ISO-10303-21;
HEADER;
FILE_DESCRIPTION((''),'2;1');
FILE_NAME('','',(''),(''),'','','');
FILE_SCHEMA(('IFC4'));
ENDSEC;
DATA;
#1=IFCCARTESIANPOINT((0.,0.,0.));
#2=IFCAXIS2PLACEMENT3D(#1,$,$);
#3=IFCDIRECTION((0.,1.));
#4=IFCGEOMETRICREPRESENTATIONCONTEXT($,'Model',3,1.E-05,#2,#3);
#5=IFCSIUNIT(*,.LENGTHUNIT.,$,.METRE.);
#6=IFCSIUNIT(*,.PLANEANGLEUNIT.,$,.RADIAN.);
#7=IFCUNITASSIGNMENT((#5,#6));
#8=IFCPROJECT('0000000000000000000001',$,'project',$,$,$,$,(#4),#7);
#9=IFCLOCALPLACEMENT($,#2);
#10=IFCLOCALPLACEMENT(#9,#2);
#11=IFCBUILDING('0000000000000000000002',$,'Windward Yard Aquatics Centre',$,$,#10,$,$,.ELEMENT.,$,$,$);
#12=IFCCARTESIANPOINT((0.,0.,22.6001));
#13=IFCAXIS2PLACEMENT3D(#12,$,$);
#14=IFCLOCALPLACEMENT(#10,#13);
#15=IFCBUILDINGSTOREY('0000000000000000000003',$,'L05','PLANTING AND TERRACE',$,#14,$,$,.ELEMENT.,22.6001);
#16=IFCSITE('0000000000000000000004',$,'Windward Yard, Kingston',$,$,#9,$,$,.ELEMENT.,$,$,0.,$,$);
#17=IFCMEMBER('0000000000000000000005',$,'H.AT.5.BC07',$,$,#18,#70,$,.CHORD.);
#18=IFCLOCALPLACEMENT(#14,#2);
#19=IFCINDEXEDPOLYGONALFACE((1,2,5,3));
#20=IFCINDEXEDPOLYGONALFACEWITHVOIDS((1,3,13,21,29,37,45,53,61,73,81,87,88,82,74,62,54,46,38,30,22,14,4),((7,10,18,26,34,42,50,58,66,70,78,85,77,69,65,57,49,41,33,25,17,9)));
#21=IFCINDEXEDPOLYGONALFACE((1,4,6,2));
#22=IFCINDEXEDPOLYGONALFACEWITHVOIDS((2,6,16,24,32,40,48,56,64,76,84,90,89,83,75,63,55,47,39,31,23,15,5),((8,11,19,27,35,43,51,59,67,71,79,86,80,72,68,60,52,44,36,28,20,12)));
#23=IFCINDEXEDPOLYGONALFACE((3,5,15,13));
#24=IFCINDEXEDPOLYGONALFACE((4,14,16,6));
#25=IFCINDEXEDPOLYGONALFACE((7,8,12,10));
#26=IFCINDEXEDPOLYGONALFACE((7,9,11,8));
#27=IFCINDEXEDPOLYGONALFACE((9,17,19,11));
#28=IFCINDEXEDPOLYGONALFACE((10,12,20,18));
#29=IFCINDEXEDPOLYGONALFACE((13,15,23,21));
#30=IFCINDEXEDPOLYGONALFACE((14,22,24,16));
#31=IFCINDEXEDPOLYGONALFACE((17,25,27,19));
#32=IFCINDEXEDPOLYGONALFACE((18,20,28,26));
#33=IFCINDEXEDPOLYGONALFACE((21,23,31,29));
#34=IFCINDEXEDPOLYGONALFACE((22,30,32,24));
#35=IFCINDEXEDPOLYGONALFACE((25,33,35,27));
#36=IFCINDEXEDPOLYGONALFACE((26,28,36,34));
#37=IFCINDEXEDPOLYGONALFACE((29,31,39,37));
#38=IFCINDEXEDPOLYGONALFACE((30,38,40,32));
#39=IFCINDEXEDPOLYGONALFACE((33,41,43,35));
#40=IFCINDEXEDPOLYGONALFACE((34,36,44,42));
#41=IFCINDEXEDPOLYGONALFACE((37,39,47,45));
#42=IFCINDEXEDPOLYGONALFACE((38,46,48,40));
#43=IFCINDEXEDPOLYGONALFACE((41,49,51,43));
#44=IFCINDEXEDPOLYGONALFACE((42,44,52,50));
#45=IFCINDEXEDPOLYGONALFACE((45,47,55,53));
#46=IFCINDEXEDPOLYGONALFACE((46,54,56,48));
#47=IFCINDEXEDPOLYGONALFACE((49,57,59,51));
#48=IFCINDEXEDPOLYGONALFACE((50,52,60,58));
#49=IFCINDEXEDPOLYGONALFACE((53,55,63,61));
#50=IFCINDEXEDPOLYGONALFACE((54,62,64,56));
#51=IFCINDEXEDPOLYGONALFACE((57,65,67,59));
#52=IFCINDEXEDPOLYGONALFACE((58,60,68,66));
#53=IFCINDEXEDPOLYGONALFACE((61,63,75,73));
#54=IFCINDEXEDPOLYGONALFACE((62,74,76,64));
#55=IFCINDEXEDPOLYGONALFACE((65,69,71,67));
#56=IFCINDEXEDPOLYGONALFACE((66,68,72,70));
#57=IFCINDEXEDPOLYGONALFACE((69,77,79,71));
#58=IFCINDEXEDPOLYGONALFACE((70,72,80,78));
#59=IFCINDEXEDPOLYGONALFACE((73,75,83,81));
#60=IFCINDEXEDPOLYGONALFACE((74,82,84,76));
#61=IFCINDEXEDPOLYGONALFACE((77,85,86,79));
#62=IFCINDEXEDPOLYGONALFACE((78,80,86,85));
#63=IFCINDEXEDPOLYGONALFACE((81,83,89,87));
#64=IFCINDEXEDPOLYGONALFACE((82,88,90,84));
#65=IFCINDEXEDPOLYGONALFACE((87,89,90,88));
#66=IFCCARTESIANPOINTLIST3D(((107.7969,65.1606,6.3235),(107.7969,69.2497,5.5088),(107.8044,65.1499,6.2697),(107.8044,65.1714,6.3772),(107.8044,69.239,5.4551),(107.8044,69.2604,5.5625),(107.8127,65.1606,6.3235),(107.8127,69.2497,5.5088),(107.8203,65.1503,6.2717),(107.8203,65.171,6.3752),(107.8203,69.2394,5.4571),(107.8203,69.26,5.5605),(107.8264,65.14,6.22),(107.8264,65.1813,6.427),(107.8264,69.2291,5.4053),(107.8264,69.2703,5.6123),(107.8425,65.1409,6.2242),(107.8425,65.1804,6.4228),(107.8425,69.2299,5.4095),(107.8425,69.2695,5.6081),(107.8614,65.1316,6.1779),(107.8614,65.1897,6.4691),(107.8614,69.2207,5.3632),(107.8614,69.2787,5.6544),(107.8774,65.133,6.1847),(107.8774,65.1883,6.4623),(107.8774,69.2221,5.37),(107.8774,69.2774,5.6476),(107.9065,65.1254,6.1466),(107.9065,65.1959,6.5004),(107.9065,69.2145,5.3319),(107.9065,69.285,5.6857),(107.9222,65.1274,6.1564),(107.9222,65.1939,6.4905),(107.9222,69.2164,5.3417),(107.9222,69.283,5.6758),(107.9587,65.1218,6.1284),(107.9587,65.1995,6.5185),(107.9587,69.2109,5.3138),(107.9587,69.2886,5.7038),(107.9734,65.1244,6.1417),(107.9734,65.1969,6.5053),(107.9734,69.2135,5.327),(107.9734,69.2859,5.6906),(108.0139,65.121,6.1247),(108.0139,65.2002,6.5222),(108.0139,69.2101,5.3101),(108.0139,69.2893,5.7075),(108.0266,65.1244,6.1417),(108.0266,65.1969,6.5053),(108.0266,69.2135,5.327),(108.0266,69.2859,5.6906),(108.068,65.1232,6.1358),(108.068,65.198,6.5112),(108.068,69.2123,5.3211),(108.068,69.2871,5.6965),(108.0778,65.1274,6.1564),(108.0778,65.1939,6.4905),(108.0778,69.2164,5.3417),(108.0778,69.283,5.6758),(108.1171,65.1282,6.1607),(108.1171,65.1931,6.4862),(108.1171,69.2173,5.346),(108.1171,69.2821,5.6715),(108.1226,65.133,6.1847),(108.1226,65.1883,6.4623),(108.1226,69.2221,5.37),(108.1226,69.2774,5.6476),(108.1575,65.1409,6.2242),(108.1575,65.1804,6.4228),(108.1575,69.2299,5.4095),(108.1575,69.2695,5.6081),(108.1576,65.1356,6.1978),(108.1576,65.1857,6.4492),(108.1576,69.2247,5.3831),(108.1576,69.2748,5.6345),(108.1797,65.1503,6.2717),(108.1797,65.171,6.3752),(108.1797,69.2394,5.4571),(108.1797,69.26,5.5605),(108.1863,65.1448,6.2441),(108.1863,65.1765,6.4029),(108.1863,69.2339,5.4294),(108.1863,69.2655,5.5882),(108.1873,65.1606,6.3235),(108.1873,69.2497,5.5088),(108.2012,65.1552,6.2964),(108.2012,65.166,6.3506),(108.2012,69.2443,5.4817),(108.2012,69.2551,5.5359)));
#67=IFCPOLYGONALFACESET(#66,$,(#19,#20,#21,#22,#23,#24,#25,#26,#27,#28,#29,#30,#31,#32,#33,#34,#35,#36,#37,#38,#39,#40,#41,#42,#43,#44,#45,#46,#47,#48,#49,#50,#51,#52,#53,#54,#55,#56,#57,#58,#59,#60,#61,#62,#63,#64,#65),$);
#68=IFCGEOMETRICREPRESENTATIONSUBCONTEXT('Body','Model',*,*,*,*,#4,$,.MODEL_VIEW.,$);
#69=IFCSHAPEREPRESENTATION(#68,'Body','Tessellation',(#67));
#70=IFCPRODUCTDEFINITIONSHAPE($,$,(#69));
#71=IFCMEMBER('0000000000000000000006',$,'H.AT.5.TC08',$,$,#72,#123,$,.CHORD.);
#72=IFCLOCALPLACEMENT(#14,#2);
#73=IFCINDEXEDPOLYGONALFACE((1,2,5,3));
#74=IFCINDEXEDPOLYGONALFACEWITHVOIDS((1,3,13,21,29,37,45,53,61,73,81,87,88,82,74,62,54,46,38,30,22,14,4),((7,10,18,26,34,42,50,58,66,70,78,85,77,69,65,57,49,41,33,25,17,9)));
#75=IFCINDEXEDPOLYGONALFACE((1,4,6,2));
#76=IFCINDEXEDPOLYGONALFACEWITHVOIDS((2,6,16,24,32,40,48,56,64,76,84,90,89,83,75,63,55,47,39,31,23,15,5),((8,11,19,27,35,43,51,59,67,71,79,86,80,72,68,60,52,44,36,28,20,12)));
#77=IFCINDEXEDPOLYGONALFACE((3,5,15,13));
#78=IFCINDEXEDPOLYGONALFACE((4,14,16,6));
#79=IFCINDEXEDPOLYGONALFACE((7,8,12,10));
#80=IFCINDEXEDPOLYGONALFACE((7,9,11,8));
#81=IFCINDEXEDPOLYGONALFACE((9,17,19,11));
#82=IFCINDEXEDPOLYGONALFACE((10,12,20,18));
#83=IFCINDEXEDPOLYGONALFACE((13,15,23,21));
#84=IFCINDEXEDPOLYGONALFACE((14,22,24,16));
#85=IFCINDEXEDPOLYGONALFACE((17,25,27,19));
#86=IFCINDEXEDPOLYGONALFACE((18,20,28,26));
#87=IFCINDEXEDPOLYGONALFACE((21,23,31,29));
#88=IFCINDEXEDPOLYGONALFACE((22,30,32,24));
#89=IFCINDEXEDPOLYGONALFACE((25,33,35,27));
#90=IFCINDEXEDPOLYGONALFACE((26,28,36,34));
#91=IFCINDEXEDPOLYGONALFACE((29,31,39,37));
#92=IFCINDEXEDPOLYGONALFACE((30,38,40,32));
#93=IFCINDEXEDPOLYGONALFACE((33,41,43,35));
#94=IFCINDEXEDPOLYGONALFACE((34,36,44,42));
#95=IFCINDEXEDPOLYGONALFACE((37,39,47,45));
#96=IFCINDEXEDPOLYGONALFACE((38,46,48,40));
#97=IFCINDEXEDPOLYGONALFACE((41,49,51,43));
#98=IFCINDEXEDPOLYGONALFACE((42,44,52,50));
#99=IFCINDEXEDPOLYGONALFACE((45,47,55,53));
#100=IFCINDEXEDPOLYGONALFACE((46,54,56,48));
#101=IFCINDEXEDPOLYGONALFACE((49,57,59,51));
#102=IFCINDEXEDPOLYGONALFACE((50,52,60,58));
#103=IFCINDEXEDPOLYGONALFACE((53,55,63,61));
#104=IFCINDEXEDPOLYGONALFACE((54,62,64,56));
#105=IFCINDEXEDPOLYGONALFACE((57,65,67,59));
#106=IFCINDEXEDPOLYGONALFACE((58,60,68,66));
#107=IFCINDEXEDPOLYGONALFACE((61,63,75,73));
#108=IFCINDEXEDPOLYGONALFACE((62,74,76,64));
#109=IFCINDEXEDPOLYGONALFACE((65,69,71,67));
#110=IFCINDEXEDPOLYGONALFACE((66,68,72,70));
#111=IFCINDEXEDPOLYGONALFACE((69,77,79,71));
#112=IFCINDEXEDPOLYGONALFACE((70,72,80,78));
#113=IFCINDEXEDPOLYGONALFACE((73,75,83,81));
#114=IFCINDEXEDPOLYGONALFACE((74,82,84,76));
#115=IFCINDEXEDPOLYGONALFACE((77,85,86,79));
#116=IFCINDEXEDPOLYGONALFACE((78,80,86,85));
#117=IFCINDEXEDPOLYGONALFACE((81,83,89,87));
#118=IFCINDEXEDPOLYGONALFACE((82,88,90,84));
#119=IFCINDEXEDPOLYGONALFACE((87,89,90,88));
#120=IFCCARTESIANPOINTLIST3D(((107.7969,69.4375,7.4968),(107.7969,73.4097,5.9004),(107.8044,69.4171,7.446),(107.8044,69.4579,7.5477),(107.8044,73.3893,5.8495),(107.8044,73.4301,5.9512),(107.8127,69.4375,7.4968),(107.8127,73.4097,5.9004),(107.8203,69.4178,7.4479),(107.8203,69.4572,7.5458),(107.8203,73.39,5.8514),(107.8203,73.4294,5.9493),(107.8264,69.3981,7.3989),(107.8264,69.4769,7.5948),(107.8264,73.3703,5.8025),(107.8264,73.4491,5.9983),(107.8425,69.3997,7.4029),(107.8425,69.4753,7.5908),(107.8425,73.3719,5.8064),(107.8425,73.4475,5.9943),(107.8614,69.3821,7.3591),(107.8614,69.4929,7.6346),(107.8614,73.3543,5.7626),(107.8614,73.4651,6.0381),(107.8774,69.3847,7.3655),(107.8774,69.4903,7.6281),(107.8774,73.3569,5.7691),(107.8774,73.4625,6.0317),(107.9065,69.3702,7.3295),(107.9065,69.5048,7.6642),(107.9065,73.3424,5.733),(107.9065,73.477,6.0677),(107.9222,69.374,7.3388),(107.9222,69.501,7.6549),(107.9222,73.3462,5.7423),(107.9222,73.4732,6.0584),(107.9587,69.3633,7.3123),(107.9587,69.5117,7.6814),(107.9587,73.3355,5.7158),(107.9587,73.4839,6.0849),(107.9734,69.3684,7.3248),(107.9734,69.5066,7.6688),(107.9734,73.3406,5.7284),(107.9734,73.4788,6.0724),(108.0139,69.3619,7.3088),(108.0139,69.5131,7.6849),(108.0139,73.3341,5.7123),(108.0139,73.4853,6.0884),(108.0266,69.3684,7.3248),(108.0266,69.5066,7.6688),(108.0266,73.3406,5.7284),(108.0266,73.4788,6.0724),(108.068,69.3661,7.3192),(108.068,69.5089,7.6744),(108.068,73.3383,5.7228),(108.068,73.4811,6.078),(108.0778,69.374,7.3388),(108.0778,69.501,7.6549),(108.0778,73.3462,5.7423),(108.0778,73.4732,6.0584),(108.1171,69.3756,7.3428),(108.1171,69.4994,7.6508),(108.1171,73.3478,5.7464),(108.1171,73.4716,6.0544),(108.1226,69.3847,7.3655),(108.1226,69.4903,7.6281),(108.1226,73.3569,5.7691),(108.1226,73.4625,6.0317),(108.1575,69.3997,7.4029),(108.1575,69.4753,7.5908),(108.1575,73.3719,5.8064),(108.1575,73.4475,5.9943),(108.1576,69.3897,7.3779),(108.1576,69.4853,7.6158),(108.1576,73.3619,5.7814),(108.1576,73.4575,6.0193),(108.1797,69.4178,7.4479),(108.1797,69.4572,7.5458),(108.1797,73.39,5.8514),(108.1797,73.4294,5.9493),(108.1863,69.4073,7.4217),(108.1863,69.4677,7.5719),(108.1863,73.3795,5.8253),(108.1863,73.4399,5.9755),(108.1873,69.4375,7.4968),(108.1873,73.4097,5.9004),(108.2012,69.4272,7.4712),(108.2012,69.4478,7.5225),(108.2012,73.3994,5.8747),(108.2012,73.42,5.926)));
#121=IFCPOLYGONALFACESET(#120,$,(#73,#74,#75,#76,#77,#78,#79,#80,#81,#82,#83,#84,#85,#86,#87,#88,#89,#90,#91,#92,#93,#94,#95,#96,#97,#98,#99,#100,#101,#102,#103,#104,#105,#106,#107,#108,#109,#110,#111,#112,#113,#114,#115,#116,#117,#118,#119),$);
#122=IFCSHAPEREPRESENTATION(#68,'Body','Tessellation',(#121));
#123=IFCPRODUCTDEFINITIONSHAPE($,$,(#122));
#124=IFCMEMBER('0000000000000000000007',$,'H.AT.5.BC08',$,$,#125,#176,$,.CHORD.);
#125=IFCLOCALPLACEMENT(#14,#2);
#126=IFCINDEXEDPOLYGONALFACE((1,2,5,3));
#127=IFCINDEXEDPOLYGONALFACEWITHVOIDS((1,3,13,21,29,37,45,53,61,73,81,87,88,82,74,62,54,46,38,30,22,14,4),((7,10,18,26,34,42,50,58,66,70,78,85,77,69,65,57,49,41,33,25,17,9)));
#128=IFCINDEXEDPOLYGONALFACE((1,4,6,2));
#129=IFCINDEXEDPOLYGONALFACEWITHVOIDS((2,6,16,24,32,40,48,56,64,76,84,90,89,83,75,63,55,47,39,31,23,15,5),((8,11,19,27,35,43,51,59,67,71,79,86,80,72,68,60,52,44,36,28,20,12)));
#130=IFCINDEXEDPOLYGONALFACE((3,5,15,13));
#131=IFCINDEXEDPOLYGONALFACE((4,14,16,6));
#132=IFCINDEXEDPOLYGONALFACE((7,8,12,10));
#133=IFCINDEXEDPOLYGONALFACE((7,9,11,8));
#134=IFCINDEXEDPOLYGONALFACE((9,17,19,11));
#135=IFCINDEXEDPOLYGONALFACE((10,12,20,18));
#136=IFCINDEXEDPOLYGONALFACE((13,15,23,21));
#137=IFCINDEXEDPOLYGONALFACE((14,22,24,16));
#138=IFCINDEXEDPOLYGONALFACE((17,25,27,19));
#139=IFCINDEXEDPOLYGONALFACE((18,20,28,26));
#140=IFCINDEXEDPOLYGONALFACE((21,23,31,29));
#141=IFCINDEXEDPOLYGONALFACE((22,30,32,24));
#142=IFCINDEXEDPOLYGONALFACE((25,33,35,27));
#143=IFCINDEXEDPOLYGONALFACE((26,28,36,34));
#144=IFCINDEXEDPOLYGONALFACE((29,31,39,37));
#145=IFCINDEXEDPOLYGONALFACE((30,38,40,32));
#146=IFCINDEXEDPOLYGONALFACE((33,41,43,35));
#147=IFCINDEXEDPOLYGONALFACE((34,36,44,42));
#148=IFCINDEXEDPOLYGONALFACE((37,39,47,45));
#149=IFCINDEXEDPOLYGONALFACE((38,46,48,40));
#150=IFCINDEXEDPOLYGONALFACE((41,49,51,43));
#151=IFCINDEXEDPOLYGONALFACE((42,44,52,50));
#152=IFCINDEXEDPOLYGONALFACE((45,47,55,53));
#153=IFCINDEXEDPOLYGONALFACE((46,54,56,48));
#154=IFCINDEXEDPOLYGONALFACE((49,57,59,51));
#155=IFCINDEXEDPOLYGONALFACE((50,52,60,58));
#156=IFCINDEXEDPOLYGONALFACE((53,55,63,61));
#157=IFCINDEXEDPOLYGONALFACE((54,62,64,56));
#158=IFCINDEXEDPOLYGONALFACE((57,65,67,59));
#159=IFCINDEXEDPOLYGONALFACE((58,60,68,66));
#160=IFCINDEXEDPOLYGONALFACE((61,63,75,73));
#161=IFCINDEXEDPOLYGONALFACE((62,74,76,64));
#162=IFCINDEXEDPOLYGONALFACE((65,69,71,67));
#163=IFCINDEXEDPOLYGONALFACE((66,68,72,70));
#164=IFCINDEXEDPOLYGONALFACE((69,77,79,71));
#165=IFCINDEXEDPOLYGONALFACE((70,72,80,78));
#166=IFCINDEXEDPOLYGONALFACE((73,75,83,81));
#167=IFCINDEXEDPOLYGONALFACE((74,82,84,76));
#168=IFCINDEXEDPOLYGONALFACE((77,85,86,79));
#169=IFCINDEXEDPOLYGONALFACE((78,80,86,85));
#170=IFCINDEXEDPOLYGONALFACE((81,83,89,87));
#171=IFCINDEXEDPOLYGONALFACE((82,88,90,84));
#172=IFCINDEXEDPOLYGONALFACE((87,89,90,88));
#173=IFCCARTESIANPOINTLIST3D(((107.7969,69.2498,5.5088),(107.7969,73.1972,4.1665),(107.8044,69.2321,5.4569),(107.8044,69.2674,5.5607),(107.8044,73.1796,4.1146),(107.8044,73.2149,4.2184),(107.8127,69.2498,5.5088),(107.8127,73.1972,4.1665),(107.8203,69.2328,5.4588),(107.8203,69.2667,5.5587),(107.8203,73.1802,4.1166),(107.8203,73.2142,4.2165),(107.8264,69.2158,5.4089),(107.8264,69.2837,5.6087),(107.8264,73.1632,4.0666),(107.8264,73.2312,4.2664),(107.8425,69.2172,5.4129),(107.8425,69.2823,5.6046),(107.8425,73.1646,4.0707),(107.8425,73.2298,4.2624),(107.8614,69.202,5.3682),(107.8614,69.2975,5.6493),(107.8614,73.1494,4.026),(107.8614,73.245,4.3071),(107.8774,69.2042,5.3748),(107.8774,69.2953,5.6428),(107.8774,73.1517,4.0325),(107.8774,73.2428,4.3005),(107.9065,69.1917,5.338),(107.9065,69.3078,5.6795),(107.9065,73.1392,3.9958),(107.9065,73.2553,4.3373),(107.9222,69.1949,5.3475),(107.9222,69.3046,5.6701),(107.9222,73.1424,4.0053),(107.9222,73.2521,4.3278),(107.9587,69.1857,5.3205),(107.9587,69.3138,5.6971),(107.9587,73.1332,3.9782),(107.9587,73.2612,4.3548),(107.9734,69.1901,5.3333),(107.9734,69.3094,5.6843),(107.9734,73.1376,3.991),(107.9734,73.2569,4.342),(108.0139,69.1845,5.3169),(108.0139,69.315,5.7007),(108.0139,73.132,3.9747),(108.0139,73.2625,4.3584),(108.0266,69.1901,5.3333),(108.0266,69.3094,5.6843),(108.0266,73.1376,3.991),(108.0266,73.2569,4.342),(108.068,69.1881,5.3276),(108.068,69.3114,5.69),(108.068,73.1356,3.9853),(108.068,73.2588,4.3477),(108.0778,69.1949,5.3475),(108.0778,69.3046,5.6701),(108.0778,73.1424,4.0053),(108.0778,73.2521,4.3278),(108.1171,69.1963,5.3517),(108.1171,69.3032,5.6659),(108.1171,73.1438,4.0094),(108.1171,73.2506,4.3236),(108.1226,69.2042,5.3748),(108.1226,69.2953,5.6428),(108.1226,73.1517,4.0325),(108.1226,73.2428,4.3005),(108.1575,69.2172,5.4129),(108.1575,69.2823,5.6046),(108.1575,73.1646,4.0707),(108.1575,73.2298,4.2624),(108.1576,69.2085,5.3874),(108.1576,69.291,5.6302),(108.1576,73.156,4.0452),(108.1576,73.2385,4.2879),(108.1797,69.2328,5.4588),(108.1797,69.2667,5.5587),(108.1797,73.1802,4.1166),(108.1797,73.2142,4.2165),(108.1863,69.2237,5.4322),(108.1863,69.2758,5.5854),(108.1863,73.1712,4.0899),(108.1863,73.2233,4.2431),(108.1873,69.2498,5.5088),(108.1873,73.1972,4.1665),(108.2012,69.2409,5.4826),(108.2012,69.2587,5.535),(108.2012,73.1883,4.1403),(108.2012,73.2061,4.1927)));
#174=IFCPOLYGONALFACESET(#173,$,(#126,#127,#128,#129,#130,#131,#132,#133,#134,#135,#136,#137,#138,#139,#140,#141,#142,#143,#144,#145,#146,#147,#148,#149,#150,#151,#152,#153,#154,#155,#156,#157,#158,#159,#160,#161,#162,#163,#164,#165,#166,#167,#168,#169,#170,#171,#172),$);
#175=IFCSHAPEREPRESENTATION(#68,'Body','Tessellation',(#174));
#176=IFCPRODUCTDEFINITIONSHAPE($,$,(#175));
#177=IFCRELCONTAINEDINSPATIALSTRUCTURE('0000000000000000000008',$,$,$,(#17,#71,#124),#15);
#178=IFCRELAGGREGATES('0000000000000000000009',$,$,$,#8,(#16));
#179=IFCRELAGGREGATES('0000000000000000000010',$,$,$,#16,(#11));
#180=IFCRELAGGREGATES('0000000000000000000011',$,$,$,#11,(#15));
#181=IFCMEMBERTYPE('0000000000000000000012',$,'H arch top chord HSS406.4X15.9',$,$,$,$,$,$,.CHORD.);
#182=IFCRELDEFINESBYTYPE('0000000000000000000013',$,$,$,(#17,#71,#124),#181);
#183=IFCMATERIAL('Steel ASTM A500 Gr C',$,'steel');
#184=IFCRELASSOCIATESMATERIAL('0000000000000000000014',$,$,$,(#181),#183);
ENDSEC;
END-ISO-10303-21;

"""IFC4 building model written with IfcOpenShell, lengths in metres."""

from ifc_helpers import new_model, si_unit, direction, frame, origin, origin_2d, place, context, subcontext, project, spatial, hollow_circle, extrude, material, material_profile, profile_set, type_object, element, save


model = new_model("IFC4")

# Units and contexts
model_context = context("Model", 3, precision=1e-05, world=origin(), true_north=direction((0.0, 1.0)))
body_context = subcontext(model_context, "Body", "Model", "MODEL_VIEW")
ifc_project = project(units=[si_unit("LENGTHUNIT", "METRE"), si_unit("PLANEANGLEUNIT", "RADIAN")], contexts=[model_context])

# Site, building, storey
site_placement = place(None, origin())
site = spatial("IfcSite", under=ifc_project, at=site_placement, Name="Windward Yard, Kingston", CompositionType="ELEMENT", RefElevation=0.0)
building_placement = place(site_placement, origin())
building = spatial("IfcBuilding", under=site, at=building_placement, Name="Windward Yard Aquatics Centre", CompositionType="ELEMENT")
storey_placement = place(building_placement, frame((0.0, 0.0, 22.6001)))
storey = spatial("IfcBuildingStorey", under=building, at=storey_placement, Name="L05", Description="PLANTING AND TERRACE", CompositionType="ELEMENT", Elevation=22.6001)

# Members
ifc_material_1 = material(Name="Steel ASTM A500 Gr C", Category="steel")
ifc_material_profile_1 = material_profile(ifc_material_1, hollow_circle(Radius=0.2031, WallThickness=0.0159, at=origin_2d()), Name="HSS406.4X15.9")
ifc_profile_set_1 = profile_set([ifc_material_profile_1], Name="Steel ASTM A500 Gr C")
member_type_1 = type_object("IfcMemberType", Name="H arch top chord HSS406.4X15.9", PredefinedType="CHORD", material=ifc_profile_set_1)
member_1_placement = place(storey_placement, frame((108.0, 65.1606, 6.3235), z_axis=(0.0, 0.980725, -0.195395), x_axis=(-1.0, 0.0, 0.0)))
element("IfcMember", 1, at=member_1_placement, inside=storey, type_object=member_type_1, Name="H.AT.5.BC07", PredefinedType="CHORD", context=body_context, shape_type="SweptSolid", body=[
    extrude(hollow_circle(Radius=0.2031, WallThickness=0.0159, at=origin_2d()), origin(), (0.0, 0.0, 1.0), 4.1694),
])
member_2_placement = place(storey_placement, frame((108.0, 69.4375, 7.4968), z_axis=(0.0, 0.927866, -0.372914), x_axis=(-1.0, 0.0, 0.0)))
element("IfcMember", 2, at=member_2_placement, inside=storey, type_object=member_type_1, Name="H.AT.5.TC08", PredefinedType="CHORD", context=body_context, shape_type="SweptSolid", body=[
    extrude(hollow_circle(Radius=0.2031, WallThickness=0.0159, at=origin_2d()), origin(), (0.0, 0.0, 1.0), 4.281),
])
member_3_placement = place(storey_placement, frame((108.0, 69.2498, 5.5088), z_axis=(0.0, 0.946763, -0.321931), x_axis=(-1.0, 0.0, 0.0)))
element("IfcMember", 3, at=member_3_placement, inside=storey, type_object=member_type_1, Name="H.AT.5.BC08", PredefinedType="CHORD", context=body_context, shape_type="SweptSolid", body=[
    extrude(hollow_circle(Radius=0.2031, WallThickness=0.0159, at=origin_2d()), origin(), (0.0, 0.0, 1.0), 4.1694),
])

save(model, "model.ifc")
